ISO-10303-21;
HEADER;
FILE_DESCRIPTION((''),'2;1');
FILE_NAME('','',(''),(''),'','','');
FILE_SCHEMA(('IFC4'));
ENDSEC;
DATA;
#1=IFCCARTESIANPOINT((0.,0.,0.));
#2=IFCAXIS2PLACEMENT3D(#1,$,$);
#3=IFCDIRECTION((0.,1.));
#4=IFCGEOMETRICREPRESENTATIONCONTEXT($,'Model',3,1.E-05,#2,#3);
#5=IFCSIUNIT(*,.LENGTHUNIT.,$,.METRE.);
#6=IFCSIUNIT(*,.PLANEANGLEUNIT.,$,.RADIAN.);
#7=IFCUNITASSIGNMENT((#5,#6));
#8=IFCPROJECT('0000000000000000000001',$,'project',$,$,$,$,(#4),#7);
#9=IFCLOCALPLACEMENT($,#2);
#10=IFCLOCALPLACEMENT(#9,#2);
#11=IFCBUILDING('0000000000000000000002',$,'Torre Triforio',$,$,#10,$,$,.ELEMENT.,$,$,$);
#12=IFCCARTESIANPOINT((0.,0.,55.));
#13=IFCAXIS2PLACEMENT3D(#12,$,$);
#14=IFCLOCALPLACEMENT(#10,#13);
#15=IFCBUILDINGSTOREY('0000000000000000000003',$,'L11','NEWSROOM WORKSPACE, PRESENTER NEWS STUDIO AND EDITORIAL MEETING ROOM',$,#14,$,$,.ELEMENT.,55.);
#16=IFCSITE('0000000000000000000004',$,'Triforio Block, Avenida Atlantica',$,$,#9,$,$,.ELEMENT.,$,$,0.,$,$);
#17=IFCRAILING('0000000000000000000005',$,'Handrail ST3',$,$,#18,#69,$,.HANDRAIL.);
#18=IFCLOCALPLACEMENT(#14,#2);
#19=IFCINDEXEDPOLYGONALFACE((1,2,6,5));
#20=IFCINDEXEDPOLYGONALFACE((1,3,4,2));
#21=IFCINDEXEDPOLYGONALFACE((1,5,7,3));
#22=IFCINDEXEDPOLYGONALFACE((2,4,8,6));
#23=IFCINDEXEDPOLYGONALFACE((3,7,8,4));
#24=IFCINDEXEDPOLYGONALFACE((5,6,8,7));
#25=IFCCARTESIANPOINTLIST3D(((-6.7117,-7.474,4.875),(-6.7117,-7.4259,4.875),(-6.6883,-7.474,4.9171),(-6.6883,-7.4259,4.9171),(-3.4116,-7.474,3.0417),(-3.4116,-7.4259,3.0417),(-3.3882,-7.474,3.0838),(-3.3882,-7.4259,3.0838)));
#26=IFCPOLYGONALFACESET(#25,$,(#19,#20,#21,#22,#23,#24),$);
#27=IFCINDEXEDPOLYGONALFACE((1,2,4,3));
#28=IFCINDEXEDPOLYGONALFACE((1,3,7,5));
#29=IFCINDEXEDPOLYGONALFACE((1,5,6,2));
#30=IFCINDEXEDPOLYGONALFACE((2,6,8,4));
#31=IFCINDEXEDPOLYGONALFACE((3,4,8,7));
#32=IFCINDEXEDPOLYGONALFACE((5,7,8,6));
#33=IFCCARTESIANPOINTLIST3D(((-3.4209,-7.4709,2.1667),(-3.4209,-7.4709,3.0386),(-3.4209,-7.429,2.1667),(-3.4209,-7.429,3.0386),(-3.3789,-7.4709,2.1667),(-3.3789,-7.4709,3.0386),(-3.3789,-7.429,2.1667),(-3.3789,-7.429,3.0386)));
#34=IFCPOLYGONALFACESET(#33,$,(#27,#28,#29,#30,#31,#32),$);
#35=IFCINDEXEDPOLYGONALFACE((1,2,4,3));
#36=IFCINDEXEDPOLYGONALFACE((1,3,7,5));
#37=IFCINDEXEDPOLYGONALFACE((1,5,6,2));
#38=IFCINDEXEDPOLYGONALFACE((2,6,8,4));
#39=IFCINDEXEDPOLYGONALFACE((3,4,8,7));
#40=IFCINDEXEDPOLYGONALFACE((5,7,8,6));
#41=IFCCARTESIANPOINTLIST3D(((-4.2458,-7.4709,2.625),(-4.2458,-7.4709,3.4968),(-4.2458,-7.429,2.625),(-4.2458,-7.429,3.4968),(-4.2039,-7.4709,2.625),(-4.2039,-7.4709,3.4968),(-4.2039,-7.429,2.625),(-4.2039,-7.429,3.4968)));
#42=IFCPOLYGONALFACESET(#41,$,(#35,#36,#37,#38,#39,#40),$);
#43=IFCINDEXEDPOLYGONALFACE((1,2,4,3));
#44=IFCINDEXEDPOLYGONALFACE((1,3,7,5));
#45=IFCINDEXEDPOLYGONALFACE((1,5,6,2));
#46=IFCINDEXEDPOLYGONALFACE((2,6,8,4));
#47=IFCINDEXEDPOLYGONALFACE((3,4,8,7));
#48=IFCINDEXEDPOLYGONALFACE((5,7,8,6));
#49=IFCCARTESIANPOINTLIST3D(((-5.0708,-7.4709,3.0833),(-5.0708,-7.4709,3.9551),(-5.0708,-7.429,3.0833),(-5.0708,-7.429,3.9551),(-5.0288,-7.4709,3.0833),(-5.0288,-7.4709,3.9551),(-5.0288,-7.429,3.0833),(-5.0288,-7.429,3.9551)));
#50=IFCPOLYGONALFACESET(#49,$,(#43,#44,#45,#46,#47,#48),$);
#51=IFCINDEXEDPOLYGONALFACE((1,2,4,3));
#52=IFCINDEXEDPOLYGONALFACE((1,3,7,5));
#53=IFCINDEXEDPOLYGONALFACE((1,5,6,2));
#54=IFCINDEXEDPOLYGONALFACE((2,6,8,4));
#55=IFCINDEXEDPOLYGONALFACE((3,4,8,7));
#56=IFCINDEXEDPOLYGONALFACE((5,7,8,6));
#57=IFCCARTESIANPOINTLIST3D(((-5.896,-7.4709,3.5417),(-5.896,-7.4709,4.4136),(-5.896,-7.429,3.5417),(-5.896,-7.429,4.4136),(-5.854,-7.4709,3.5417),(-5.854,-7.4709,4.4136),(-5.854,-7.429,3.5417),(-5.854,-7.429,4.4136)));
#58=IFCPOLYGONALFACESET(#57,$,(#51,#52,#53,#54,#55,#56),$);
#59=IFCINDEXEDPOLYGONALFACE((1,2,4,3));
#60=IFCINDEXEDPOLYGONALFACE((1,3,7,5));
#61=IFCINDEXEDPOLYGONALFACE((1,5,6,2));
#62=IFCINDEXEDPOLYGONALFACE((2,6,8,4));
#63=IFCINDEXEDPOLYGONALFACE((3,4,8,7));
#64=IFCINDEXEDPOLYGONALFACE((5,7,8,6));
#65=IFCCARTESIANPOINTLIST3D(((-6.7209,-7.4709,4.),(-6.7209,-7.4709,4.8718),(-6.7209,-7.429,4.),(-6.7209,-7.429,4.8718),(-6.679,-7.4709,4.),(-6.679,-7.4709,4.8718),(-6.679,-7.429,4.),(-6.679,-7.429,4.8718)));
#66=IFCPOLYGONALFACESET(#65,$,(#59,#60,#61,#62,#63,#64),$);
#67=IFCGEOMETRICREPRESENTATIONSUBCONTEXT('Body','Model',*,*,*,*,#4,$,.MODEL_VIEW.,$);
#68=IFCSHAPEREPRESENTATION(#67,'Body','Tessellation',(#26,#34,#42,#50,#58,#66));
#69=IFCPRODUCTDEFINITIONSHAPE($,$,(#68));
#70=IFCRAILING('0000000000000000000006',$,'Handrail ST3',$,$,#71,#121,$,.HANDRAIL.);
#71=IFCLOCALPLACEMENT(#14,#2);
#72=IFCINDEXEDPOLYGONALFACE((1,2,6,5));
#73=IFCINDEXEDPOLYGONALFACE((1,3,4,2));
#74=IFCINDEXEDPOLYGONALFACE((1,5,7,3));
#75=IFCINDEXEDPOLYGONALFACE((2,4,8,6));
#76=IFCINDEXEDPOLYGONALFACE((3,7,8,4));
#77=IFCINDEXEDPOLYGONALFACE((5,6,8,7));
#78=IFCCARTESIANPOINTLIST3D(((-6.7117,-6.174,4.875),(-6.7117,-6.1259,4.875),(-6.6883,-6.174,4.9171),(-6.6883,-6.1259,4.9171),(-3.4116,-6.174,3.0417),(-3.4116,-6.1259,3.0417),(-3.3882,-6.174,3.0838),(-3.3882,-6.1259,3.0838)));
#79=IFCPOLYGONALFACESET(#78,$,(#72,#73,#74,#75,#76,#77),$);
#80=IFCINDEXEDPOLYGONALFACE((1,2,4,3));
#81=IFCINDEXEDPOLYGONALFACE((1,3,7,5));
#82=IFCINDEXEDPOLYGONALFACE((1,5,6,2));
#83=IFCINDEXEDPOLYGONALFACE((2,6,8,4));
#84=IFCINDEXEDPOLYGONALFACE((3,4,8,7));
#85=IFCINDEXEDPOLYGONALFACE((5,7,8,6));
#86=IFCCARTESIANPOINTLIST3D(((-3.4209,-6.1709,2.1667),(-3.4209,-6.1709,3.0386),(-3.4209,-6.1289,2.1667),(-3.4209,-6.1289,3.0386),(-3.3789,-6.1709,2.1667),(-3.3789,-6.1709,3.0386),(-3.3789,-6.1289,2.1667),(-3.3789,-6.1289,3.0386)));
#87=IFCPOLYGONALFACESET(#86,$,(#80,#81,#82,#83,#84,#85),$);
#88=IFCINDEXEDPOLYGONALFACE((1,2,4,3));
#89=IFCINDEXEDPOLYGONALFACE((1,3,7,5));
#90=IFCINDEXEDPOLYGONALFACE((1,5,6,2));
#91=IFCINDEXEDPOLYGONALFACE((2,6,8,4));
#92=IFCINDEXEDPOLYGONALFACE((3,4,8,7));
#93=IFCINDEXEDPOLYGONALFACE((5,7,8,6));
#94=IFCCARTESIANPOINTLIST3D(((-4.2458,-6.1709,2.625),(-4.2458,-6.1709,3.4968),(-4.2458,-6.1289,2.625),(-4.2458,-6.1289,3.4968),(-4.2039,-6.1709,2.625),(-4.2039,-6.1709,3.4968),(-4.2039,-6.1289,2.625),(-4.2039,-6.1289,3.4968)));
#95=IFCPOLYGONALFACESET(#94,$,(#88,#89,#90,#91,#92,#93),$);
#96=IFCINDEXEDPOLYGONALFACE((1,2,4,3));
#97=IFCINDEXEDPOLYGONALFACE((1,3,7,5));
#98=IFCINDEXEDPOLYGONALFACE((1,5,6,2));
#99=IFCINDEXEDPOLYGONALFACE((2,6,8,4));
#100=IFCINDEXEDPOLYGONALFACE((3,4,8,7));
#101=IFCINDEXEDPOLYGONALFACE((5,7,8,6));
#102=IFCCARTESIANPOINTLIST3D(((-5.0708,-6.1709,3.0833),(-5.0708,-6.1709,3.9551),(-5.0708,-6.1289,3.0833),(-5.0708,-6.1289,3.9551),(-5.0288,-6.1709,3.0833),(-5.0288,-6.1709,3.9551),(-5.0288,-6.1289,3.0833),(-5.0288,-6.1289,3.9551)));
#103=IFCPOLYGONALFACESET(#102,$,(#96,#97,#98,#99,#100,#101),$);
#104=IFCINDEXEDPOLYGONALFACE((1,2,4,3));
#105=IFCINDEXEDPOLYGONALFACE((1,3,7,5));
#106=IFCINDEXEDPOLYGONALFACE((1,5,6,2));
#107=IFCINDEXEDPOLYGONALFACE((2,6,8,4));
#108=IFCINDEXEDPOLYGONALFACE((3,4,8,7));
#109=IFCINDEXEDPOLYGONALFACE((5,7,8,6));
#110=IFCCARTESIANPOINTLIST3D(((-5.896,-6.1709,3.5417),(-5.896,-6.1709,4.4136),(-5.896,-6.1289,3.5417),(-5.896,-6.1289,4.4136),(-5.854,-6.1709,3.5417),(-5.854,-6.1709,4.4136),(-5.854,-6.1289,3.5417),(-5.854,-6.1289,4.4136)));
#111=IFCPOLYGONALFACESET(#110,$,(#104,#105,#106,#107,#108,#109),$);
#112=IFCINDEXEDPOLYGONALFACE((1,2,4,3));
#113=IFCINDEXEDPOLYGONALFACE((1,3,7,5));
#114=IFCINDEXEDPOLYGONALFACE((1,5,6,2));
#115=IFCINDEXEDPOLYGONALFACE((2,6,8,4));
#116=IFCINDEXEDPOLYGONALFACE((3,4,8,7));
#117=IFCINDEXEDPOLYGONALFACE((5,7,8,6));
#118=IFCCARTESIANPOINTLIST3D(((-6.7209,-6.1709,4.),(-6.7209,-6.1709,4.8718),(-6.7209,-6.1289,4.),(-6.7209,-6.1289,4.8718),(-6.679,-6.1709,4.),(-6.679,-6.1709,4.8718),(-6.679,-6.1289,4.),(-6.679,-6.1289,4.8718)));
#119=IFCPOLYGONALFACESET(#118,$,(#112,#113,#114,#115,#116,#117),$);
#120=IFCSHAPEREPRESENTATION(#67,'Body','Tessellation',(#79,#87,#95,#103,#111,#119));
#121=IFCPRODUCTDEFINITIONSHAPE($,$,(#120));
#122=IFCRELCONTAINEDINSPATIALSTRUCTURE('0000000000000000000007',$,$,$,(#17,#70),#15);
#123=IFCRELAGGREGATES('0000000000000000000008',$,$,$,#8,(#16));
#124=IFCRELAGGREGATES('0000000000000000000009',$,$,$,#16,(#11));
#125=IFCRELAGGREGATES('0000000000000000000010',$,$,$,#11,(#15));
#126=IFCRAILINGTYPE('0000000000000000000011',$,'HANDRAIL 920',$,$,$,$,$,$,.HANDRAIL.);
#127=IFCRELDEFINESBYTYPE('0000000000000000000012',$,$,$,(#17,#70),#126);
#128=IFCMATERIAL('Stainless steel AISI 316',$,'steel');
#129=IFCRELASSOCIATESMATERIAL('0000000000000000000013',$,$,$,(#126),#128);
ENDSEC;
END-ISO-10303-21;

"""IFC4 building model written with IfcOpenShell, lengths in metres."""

from ifc_helpers import new_model, si_unit, direction, frame, origin, origin_2d, place, context, subcontext, project, spatial, rectangle, extrude, material, type_object, element, save


model = new_model("IFC4")

# Units and contexts
model_context = context("Model", 3, precision=1e-05, world=origin(), true_north=direction((0.0, 1.0)))
body_context = subcontext(model_context, "Body", "Model", "MODEL_VIEW")
ifc_project = project(units=[si_unit("LENGTHUNIT", "METRE"), si_unit("PLANEANGLEUNIT", "RADIAN")], contexts=[model_context])

# Site, building, storey
site_placement = place(None, origin())
site = spatial("IfcSite", under=ifc_project, at=site_placement, Name="Triforio Block, Avenida Atlantica", CompositionType="ELEMENT", RefElevation=0.0)
building_placement = place(site_placement, origin())
building = spatial("IfcBuilding", under=site, at=building_placement, Name="Torre Triforio", CompositionType="ELEMENT")
storey_placement = place(building_placement, frame((0.0, 0.0, 55.0)))
storey = spatial("IfcBuildingStorey", under=building, at=storey_placement, Name="L11", Description="NEWSROOM WORKSPACE, PRESENTER NEWS STUDIO AND EDITORIAL MEETING ROOM", CompositionType="ELEMENT", Elevation=55.0)

# Railings
ifc_material_1 = material(Name="Stainless steel AISI 316", Category="steel")
railing_type = type_object("IfcRailingType", Name="HANDRAIL 920", PredefinedType="HANDRAIL", material=ifc_material_1)
for number, where, name in (
    (1, (-3.3999, -7.45, 2.1667), "Handrail ST3"),
    (2, (-3.3999, -6.1499, 2.1667), "Handrail ST3"),
):
    element("IfcRailing", number, at=place(storey_placement, frame(where)), inside=storey, type_object=railing_type, Name=name, PredefinedType="HANDRAIL", context=body_context, shape_type="SweptSolid", body=[
        extrude(rectangle(XDim=0.0481, YDim=0.0481, at=origin_2d()), frame((0.0, 0.0, 0.896), z_axis=(-0.874169, 0.0, 0.485621), x_axis=(0.0, -1.0, 0.0)), (0.0, 0.0, 1.0), 3.7751),
        extrude(rectangle(XDim=0.042, YDim=0.042, at=origin_2d()), origin(), (0.0, 0.0, 1.0), 0.8718),
        extrude(rectangle(XDim=0.042, YDim=0.042, at=origin_2d()), frame((-0.825, 0.0, 0.4583)), (0.0, 0.0, 1.0), 0.8718),
        extrude(rectangle(XDim=0.042, YDim=0.042, at=origin_2d()), frame((-1.6499, 0.0, 0.9165)), (0.0, 0.0, 1.0), 0.8718),
        extrude(rectangle(XDim=0.042, YDim=0.042, at=origin_2d()), frame((-2.4751, 0.0, 1.375)), (0.0, 0.0, 1.0), 0.8718),
        extrude(rectangle(XDim=0.042, YDim=0.042, at=origin_2d()), frame((-3.3, 0.0, 1.8333)), (0.0, 0.0, 1.0), 0.8718),
    ])

save(model, "model.ifc")
